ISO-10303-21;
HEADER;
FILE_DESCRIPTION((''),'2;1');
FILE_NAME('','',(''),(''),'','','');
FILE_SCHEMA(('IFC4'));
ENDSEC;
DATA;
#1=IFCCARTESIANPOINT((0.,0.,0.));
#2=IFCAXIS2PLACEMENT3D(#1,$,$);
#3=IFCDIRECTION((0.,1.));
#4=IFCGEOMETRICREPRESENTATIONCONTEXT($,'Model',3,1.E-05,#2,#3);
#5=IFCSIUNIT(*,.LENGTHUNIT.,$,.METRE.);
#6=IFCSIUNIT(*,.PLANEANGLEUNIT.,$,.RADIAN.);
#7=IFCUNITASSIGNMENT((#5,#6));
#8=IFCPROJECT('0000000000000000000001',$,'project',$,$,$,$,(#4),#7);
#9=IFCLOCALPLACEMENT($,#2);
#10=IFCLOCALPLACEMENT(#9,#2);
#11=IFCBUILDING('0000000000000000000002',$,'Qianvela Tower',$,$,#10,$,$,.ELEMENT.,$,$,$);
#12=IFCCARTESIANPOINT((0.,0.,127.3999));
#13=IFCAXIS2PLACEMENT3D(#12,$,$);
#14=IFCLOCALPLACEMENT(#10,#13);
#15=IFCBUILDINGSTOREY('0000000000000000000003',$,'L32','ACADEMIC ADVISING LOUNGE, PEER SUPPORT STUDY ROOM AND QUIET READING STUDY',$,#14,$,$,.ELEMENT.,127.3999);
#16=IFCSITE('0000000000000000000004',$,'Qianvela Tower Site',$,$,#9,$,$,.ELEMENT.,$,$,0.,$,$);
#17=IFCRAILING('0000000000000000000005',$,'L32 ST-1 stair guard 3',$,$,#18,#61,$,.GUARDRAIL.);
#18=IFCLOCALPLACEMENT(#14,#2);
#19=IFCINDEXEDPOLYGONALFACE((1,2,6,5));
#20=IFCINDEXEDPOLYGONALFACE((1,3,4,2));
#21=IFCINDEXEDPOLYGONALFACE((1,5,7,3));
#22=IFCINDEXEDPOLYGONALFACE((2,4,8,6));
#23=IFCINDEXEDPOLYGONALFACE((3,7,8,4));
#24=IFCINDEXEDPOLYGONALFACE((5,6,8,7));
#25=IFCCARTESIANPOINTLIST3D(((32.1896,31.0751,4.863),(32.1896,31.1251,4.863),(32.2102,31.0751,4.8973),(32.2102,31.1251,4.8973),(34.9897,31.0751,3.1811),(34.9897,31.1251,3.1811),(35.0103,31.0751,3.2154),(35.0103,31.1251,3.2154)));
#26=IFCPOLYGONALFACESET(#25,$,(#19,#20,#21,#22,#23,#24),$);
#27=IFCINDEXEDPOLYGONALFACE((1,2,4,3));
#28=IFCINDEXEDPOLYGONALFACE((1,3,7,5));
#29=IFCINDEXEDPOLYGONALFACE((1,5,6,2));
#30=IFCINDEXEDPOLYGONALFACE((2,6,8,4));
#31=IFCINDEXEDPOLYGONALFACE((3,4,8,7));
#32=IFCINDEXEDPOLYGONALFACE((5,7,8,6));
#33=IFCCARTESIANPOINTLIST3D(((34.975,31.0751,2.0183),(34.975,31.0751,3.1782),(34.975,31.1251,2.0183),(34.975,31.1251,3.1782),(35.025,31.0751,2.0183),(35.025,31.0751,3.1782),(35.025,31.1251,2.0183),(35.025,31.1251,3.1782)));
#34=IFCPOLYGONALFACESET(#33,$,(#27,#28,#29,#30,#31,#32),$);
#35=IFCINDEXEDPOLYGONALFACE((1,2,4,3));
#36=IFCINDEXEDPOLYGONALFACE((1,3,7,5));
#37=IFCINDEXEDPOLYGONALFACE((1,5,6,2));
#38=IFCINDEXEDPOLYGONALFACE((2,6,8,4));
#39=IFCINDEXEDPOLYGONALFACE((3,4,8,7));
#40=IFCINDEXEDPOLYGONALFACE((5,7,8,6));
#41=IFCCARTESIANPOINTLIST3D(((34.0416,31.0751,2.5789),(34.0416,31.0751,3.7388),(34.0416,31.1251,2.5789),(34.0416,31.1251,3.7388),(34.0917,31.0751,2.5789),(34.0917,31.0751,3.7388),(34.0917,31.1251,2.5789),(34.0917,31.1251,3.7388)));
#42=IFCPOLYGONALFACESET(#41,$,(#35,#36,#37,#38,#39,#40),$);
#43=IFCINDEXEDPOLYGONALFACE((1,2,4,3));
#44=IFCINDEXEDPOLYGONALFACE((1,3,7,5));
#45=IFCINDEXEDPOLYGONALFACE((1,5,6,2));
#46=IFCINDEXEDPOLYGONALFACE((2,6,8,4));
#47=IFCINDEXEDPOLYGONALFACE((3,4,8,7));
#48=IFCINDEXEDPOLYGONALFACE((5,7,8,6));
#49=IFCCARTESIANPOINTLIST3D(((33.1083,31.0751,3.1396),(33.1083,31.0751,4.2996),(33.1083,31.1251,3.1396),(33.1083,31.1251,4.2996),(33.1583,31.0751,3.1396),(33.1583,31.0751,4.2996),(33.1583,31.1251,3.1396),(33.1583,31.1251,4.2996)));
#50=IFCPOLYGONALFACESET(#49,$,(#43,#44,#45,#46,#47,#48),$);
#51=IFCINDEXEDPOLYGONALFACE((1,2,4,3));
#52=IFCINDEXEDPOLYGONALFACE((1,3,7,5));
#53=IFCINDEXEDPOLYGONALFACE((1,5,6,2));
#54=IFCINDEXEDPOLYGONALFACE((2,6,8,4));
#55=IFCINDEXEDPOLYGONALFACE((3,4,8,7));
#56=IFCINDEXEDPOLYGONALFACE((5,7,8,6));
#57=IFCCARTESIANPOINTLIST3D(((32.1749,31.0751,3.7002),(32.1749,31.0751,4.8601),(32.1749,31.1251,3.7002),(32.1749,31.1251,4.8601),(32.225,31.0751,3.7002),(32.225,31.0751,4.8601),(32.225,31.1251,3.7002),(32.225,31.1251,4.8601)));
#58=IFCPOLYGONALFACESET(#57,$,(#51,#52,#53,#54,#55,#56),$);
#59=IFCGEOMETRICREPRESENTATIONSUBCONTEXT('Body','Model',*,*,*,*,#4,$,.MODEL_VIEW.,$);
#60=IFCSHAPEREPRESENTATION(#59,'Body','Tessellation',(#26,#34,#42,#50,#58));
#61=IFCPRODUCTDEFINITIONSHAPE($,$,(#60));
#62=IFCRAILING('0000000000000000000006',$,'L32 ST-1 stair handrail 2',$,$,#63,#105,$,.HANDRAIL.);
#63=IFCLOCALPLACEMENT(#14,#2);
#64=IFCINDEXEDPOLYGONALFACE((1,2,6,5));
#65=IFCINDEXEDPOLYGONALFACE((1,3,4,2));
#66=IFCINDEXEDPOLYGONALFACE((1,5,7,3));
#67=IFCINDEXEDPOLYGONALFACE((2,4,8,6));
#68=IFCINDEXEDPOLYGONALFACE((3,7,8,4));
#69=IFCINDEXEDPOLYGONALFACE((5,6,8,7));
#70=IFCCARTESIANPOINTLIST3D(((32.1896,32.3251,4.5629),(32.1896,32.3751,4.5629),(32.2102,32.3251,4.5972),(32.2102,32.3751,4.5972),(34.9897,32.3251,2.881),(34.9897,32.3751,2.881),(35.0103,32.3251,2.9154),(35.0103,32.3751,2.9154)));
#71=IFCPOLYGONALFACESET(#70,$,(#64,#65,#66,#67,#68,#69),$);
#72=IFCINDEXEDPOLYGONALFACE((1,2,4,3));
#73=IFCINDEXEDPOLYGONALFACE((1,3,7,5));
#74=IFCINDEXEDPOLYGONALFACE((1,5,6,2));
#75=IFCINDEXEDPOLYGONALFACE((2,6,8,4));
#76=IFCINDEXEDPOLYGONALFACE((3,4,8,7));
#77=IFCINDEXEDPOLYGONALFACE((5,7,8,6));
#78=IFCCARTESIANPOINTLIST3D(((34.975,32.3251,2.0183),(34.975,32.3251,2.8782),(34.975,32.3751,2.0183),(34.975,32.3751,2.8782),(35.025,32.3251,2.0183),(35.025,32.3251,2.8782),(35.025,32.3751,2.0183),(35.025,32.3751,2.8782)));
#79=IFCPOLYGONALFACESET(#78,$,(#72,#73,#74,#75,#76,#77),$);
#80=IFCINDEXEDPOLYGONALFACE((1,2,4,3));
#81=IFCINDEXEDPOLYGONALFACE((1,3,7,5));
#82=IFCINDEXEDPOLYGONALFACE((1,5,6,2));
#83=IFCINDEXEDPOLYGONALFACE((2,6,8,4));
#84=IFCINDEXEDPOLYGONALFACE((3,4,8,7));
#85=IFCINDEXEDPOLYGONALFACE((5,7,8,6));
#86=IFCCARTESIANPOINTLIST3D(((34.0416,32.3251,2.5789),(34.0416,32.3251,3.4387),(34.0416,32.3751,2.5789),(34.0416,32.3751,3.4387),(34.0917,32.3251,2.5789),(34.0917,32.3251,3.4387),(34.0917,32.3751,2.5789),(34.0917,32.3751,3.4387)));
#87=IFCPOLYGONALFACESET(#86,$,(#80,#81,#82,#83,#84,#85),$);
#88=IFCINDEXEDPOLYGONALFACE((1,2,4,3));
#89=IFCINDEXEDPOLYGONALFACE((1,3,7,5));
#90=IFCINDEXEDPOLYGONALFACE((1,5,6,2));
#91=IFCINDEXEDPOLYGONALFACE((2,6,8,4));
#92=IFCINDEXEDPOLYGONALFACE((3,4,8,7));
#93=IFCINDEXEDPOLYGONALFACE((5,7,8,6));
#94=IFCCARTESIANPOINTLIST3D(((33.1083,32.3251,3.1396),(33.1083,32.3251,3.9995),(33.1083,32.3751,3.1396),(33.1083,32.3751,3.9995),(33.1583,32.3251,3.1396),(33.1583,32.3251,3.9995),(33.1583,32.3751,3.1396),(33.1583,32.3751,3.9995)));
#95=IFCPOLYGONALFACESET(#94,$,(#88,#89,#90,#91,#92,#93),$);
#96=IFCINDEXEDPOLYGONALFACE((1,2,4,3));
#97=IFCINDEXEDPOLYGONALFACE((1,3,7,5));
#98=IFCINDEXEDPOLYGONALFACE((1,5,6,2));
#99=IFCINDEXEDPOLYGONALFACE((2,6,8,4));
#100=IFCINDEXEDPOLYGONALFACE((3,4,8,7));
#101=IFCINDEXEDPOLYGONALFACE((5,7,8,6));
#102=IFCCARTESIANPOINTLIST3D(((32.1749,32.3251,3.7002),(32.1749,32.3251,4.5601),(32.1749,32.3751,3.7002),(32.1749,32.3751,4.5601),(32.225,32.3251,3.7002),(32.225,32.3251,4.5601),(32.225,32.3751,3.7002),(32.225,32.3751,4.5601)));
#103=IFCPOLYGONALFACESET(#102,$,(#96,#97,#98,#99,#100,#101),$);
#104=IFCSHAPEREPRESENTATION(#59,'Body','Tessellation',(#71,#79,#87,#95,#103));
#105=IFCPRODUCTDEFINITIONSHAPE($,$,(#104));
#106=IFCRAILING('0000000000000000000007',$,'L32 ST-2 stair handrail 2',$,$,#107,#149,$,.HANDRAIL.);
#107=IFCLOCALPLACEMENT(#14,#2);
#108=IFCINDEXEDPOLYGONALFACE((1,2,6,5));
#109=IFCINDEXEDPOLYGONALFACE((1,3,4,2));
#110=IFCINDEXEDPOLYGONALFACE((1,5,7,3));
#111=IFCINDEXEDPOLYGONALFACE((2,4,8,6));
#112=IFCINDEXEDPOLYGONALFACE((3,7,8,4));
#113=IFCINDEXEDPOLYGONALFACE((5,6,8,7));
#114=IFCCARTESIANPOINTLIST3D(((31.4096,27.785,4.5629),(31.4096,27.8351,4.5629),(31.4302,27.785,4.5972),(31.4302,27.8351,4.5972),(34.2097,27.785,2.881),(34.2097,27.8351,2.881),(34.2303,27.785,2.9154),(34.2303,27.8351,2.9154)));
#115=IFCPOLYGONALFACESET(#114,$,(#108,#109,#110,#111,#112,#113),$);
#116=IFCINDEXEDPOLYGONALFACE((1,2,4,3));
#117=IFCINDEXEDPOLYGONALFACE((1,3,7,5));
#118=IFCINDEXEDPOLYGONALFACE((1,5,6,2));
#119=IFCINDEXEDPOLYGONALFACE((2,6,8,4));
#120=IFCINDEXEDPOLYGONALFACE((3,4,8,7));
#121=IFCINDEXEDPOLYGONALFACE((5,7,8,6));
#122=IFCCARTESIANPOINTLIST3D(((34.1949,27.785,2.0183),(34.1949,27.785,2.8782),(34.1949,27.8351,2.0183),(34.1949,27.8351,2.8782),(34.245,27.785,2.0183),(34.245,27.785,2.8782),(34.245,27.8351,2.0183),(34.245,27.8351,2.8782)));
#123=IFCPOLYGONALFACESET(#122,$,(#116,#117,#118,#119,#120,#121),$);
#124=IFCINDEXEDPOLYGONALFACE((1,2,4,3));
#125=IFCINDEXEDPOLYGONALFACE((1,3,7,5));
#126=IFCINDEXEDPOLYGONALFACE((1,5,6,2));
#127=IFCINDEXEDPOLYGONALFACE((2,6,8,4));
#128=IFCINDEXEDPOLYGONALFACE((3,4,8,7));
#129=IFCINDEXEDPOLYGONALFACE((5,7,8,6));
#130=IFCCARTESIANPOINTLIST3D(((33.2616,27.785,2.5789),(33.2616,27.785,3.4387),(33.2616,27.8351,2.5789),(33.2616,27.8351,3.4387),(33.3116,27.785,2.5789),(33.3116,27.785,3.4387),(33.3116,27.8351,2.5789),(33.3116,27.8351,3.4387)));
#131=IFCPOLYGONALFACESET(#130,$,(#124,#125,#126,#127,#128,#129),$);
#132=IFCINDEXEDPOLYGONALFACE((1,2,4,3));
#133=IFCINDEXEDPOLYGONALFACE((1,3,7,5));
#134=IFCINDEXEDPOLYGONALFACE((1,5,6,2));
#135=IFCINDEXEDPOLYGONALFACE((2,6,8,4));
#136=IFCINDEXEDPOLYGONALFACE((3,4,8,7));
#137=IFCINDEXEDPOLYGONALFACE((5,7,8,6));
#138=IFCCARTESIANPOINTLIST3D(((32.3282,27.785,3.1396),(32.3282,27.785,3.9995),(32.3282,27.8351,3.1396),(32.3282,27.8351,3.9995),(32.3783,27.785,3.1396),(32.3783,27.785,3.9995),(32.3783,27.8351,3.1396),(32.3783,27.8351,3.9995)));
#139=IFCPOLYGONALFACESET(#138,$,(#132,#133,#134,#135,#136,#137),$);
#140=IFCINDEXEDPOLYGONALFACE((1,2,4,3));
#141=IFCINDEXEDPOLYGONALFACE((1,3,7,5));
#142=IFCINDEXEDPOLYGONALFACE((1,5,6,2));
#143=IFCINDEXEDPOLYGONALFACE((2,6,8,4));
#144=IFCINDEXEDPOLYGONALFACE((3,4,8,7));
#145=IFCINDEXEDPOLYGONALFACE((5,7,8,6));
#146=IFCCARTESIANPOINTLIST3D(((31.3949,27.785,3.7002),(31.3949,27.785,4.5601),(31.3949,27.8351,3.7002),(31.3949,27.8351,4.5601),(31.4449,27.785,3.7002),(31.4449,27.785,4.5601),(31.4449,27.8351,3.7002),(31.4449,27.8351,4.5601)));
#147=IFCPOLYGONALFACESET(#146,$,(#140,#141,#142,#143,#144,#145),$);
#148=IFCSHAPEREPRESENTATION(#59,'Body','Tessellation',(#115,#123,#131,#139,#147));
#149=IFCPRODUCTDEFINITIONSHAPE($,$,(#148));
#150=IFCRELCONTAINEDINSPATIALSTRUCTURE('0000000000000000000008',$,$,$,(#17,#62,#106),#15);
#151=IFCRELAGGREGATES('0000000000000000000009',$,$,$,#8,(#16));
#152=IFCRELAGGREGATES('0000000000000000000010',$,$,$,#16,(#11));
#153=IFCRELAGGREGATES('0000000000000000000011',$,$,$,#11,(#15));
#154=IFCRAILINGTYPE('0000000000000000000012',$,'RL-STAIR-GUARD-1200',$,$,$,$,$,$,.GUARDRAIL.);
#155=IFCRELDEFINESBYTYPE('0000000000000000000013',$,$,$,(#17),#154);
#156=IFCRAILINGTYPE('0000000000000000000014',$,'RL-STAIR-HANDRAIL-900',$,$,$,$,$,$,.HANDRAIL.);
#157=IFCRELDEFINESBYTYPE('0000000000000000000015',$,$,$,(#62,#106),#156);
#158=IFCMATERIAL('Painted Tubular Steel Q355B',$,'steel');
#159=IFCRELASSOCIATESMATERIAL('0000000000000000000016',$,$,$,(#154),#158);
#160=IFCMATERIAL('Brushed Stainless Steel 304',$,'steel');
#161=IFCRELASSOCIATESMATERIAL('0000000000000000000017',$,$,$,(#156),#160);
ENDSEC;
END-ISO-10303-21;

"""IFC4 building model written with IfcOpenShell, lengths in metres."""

from ifc_helpers import new_model, si_unit, direction, frame, origin, origin_2d, place, context, subcontext, project, spatial, rectangle, extrude, material, type_object, element, save


model = new_model("IFC4")

# Units and contexts
model_context = context("Model", 3, precision=1e-05, world=origin(), true_north=direction((0.0, 1.0)))
body_context = subcontext(model_context, "Body", "Model", "MODEL_VIEW")
ifc_project = project(units=[si_unit("LENGTHUNIT", "METRE"), si_unit("PLANEANGLEUNIT", "RADIAN")], contexts=[model_context])

# Site, building, storey
site_placement = place(None, origin())
site = spatial("IfcSite", under=ifc_project, at=site_placement, Name="Qianvela Tower Site", CompositionType="ELEMENT", RefElevation=0.0)
building_placement = place(site_placement, origin())
building = spatial("IfcBuilding", under=site, at=building_placement, Name="Qianvela Tower", CompositionType="ELEMENT")
storey_placement = place(building_placement, frame((0.0, 0.0, 127.3999)))
storey = spatial("IfcBuildingStorey", under=building, at=storey_placement, Name="L32", Description="ACADEMIC ADVISING LOUNGE, PEER SUPPORT STUDY ROOM AND QUIET READING STUDY", CompositionType="ELEMENT", Elevation=127.3999)

# Railings
ifc_material_1 = material(Name="Painted Tubular Steel Q355B", Category="steel")
railing_type_1 = type_object("IfcRailingType", Name="RL-STAIR-GUARD-1200", PredefinedType="GUARDRAIL", material=ifc_material_1)
railing_1_placement = place(storey_placement, frame((35.0, 31.1001, 2.0183)))
element("IfcRailing", 1, at=railing_1_placement, inside=storey, type_object=railing_type_1, Name="L32 ST-1 stair guard 3", PredefinedType="GUARDRAIL", context=body_context, shape_type="SweptSolid", body=[
    extrude(rectangle(XDim=0.05, YDim=0.04, at=origin_2d()), frame((0.0, 0.0, 1.1799), z_axis=(-0.857242, 0.0, 0.514913), x_axis=(0.0, -1.0, 0.0)), (0.0, 0.0, 1.0), 3.2664),
    extrude(rectangle(XDim=0.05, YDim=0.05, at=origin_2d()), origin(), (0.0, 0.0, 1.0), 1.1599),
    extrude(rectangle(XDim=0.05, YDim=0.05, at=origin_2d()), frame((-0.9333, 0.0, 0.5605)), (0.0, 0.0, 1.0), 1.1599),
    extrude(rectangle(XDim=0.05, YDim=0.05, at=origin_2d()), frame((-1.8667, 0.0, 1.1213)), (0.0, 0.0, 1.0), 1.1599),
    extrude(rectangle(XDim=0.05, YDim=0.05, at=origin_2d()), frame((-2.8, 0.0, 1.6819)), (0.0, 0.0, 1.0), 1.1599),
])
ifc_material_2 = material(Name="Brushed Stainless Steel 304", Category="steel")
railing_type_2 = type_object("IfcRailingType", Name="RL-STAIR-HANDRAIL-900", PredefinedType="HANDRAIL", material=ifc_material_2)
for number, where, name in (
    (2, (35.0, 32.3501, 2.0183), "L32 ST-1 stair handrail 2"),
    (3, (34.22, 27.8101, 2.0183), "L32 ST-2 stair handrail 2"),
):
    element("IfcRailing", number, at=place(storey_placement, frame(where)), inside=storey, type_object=railing_type_2, Name=name, PredefinedType="HANDRAIL", context=body_context, shape_type="SweptSolid", body=[
        extrude(rectangle(XDim=0.05, YDim=0.04, at=origin_2d()), frame((0.0, 0.0, 0.8799), z_axis=(-0.857242, 0.0, 0.514913), x_axis=(0.0, -1.0, 0.0)), (0.0, 0.0, 1.0), 3.2664),
        extrude(rectangle(XDim=0.05, YDim=0.05, at=origin_2d()), origin(), (0.0, 0.0, 1.0), 0.8599),
        extrude(rectangle(XDim=0.05, YDim=0.05, at=origin_2d()), frame((-0.9333, 0.0, 0.5605)), (0.0, 0.0, 1.0), 0.8599),
        extrude(rectangle(XDim=0.05, YDim=0.05, at=origin_2d()), frame((-1.8667, 0.0, 1.1213)), (0.0, 0.0, 1.0), 0.8599),
        extrude(rectangle(XDim=0.05, YDim=0.05, at=origin_2d()), frame((-2.8, 0.0, 1.6819)), (0.0, 0.0, 1.0), 0.8599),
    ])

save(model, "model.ifc")
